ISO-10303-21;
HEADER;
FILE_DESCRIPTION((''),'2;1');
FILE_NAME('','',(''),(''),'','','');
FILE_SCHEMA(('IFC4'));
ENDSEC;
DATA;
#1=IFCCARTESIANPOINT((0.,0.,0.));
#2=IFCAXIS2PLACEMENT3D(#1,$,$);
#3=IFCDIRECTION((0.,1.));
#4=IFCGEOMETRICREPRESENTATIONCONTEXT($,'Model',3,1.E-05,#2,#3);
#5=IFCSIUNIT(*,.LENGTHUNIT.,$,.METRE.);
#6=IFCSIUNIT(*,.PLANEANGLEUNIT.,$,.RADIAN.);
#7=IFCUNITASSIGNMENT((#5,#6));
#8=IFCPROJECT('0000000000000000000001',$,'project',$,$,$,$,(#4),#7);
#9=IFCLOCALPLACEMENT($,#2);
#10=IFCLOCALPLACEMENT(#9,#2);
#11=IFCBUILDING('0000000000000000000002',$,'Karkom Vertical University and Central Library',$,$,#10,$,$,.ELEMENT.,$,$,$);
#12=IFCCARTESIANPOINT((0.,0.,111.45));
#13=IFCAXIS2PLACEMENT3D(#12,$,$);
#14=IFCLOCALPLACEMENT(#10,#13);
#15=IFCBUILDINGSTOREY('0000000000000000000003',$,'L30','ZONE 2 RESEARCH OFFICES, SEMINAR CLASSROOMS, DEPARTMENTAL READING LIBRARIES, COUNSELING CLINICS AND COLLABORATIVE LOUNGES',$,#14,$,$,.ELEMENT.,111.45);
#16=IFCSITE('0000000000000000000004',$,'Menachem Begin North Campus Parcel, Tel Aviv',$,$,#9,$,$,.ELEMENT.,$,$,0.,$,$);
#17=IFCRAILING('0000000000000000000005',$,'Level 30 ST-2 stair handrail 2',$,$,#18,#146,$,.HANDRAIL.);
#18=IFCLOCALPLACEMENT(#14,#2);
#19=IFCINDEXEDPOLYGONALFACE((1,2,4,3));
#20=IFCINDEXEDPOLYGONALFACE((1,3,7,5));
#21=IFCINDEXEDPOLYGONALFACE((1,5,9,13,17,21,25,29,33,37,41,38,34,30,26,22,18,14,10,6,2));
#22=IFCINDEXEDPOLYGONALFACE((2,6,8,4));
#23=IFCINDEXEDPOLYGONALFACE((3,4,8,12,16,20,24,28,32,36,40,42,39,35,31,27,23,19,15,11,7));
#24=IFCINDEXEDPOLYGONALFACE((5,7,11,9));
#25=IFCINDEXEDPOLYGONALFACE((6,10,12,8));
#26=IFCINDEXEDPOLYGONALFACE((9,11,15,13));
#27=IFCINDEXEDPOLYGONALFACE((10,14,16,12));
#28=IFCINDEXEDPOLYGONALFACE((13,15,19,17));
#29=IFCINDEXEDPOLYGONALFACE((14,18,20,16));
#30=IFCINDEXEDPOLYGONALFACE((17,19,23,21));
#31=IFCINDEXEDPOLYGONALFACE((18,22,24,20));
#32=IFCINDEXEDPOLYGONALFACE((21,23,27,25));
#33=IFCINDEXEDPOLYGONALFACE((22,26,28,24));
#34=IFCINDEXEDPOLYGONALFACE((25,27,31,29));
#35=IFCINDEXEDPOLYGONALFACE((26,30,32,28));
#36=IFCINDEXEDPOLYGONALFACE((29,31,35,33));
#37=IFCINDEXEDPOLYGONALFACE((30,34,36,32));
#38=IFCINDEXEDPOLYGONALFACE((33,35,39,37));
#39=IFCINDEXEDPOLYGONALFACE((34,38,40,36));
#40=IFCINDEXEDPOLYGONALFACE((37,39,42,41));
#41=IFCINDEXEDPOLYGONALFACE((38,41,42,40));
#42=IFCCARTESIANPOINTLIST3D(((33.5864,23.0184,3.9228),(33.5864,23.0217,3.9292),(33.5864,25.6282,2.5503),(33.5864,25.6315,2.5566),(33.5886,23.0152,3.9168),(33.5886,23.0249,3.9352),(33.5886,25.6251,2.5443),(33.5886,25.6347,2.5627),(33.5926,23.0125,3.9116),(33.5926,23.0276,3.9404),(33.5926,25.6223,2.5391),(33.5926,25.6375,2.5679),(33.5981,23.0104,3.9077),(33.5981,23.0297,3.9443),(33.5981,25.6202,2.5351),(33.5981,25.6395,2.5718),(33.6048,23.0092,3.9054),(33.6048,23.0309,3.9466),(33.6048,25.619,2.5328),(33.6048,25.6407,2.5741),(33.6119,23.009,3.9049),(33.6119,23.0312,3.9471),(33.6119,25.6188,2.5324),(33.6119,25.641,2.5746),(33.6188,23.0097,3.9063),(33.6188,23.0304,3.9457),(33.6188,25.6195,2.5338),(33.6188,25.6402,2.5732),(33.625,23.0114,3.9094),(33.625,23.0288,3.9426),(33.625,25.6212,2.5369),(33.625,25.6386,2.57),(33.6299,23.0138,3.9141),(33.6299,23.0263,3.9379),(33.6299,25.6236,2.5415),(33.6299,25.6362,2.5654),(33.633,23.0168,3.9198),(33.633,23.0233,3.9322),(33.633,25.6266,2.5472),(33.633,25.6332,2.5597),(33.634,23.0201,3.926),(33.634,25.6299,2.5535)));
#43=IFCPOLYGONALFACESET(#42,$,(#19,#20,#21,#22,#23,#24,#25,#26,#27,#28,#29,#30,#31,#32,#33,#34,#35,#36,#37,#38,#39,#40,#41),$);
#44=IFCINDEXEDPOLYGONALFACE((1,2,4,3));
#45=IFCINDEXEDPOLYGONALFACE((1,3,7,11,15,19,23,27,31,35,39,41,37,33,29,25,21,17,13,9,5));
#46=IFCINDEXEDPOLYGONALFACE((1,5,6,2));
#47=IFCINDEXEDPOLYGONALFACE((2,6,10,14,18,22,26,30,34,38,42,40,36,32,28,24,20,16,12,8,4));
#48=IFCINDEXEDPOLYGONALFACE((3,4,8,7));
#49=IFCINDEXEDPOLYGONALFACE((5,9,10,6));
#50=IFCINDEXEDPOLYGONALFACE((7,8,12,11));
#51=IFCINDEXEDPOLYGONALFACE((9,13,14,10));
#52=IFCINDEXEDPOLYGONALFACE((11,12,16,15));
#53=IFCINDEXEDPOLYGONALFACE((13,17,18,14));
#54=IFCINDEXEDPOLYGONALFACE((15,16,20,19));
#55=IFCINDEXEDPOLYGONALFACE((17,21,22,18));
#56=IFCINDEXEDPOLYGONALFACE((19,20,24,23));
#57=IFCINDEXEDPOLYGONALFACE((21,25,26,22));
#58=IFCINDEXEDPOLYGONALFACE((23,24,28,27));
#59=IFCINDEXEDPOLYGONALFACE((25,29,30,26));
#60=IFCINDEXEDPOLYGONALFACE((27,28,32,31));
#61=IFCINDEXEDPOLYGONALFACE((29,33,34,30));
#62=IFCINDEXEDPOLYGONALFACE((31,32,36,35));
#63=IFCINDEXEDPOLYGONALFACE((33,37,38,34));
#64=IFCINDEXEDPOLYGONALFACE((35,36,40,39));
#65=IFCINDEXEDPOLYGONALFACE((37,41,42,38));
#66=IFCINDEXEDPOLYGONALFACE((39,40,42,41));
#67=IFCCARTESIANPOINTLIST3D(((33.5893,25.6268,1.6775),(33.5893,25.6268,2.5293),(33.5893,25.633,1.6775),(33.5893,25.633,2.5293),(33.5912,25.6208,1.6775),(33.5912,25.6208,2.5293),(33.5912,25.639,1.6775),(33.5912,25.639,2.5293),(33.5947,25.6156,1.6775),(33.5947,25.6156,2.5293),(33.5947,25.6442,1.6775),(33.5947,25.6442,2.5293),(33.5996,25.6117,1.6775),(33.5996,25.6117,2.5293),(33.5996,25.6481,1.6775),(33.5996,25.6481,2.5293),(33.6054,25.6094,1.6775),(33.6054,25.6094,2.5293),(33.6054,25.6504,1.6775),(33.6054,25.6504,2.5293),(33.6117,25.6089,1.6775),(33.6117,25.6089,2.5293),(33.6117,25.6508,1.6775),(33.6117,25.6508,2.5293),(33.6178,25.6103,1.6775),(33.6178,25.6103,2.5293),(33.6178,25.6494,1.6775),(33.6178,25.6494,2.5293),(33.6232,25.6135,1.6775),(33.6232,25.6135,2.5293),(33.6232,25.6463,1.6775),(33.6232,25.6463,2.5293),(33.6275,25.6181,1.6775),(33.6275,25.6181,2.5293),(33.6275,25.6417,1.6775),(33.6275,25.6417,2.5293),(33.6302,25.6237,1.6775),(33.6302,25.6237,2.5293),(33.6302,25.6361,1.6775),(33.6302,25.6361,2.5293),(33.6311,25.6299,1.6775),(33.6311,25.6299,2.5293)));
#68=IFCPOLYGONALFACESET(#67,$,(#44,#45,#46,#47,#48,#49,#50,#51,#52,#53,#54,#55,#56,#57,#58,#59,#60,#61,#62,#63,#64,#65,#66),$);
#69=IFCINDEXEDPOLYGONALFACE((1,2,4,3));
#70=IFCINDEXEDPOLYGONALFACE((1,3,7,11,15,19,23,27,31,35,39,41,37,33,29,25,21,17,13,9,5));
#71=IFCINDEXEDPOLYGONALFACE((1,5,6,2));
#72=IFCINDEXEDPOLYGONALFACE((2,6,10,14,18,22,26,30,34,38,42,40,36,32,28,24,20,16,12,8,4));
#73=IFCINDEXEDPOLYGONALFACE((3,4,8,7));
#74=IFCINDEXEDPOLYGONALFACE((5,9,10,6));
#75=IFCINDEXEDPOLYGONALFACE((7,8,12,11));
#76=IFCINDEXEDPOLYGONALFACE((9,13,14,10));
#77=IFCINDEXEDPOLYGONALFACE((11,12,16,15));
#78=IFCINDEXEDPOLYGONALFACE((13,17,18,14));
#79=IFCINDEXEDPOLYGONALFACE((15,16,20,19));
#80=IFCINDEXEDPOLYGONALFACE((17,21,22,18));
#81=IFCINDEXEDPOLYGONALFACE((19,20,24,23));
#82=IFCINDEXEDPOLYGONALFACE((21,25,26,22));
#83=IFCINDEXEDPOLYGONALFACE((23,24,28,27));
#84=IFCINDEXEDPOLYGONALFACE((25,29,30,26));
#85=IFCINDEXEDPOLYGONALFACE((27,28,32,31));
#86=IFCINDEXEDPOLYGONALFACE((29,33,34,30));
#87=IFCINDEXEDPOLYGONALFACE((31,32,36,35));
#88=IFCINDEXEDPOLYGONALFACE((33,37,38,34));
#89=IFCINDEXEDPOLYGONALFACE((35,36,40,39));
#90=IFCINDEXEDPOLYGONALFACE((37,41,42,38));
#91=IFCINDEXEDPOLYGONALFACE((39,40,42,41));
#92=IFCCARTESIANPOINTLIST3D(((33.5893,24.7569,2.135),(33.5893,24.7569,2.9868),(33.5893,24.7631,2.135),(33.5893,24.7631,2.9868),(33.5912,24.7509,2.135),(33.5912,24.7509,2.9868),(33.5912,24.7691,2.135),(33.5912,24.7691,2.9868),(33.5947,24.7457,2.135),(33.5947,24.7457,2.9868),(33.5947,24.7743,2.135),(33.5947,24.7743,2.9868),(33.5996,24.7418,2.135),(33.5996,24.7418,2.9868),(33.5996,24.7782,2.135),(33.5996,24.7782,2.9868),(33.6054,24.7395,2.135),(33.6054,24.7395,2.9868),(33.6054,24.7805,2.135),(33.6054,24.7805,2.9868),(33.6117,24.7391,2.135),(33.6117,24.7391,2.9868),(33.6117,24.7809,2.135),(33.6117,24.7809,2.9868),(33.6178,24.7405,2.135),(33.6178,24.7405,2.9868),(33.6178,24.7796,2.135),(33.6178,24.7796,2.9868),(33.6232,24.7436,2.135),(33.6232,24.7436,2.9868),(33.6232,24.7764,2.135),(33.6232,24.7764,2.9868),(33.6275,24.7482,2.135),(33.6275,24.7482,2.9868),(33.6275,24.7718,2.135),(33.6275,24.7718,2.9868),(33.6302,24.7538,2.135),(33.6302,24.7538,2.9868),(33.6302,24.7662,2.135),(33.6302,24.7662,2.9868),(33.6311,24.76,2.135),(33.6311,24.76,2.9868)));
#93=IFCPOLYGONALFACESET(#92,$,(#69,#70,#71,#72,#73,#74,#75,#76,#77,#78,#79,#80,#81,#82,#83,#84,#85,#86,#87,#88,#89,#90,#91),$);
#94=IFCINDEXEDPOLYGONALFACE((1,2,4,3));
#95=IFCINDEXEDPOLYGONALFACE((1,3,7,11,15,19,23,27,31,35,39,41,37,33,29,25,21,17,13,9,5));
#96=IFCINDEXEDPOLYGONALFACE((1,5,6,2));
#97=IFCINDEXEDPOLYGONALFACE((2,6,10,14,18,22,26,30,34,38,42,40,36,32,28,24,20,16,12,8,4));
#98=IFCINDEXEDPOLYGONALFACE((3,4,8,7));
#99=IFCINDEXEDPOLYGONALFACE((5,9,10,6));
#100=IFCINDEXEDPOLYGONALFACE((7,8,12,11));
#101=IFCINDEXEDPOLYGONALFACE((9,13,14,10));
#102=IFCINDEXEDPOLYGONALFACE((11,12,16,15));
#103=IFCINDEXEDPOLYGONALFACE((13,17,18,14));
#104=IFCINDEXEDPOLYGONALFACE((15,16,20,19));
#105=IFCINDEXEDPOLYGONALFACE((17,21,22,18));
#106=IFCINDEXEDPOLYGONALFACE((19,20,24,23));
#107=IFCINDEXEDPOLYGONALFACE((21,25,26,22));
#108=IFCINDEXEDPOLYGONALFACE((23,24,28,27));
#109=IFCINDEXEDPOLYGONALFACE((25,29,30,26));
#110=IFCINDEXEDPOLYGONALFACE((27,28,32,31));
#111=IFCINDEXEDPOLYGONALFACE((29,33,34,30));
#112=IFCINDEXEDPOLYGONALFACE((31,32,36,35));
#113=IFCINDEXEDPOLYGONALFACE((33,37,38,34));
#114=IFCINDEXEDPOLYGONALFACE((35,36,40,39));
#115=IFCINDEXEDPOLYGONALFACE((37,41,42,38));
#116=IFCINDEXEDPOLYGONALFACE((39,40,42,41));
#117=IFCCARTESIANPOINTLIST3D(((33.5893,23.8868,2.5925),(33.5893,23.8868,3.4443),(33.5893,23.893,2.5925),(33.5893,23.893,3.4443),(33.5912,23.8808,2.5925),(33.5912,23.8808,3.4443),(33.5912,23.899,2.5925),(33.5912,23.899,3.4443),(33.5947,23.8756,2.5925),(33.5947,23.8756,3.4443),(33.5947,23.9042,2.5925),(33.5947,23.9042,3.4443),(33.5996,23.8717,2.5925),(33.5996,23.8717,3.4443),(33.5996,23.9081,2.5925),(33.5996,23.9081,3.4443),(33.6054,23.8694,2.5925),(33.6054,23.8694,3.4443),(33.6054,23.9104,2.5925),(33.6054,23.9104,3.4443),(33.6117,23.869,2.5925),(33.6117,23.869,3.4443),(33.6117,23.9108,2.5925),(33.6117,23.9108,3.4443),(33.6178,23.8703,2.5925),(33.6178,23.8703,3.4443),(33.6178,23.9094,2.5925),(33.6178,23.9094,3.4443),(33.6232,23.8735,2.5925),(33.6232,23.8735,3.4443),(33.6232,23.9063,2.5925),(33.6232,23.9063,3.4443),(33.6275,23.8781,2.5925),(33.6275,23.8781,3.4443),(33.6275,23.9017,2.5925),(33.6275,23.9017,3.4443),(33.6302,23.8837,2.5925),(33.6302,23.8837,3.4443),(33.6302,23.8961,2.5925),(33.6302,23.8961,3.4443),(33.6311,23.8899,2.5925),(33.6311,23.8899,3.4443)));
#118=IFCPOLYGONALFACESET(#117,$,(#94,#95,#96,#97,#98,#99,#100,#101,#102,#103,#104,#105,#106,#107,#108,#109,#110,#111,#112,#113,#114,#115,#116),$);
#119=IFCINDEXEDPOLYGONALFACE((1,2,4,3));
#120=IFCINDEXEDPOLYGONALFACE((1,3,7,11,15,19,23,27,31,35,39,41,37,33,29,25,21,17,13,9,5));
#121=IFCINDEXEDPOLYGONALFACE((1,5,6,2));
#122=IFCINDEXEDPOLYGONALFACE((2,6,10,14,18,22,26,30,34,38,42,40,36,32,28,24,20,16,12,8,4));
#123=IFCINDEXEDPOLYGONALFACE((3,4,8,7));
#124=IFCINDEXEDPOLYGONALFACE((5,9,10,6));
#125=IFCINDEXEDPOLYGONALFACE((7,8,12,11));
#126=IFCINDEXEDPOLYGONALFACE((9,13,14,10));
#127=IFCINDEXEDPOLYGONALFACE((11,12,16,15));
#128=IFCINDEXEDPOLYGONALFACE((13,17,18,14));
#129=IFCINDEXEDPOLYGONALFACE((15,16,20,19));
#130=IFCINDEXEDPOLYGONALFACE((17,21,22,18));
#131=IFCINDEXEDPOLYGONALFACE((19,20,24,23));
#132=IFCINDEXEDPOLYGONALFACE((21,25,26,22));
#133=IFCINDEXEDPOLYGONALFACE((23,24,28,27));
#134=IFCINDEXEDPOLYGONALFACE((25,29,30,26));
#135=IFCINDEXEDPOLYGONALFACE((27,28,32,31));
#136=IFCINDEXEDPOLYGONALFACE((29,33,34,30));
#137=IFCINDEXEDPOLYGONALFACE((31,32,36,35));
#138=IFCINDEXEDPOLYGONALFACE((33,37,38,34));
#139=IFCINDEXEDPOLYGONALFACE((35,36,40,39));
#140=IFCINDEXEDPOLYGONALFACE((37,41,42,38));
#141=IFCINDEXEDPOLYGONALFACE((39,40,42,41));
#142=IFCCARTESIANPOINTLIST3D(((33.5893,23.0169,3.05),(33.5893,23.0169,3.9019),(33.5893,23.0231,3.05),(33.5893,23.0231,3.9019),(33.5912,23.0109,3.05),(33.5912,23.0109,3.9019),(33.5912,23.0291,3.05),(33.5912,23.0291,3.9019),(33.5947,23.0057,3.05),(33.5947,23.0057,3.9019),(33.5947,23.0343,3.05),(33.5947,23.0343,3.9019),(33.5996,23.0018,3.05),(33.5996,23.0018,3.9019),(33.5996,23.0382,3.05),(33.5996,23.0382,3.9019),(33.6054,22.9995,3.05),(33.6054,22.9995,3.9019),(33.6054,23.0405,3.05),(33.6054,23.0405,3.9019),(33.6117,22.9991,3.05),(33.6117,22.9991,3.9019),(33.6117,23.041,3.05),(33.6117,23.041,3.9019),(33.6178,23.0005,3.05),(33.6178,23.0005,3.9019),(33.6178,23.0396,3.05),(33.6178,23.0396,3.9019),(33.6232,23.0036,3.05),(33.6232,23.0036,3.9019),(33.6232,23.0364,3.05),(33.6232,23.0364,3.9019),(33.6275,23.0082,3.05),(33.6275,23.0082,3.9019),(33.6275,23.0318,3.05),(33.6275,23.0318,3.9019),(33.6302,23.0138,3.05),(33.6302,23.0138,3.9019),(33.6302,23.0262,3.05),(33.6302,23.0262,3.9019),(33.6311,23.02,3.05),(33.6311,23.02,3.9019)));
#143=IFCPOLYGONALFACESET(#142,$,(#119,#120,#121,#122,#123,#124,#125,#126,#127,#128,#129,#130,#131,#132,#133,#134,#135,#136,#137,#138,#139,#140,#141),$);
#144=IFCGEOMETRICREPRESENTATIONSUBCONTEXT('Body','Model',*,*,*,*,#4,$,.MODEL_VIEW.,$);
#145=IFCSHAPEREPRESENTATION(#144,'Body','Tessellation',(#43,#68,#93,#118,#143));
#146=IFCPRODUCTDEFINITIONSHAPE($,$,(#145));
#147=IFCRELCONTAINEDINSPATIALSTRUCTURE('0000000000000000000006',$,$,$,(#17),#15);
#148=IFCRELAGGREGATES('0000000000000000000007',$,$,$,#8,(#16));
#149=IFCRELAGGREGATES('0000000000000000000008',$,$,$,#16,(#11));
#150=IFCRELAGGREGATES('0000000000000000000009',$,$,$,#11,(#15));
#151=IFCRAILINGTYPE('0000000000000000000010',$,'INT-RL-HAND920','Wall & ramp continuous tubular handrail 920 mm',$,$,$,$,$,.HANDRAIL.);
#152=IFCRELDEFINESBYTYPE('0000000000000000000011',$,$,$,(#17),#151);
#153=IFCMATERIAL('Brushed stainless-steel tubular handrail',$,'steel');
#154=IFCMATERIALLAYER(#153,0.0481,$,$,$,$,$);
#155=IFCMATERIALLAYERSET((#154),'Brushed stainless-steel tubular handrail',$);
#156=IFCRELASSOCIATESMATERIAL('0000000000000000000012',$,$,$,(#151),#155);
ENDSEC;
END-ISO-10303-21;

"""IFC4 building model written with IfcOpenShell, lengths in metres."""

from ifc_helpers import new_model, si_unit, direction, frame, origin, origin_2d, place, context, subcontext, project, spatial, circle, extrude, material, layer, layer_set, type_object, element, save


model = new_model("IFC4")

# Units and contexts
model_context = context("Model", 3, precision=1e-05, world=origin(), true_north=direction((0.0, 1.0)))
body_context = subcontext(model_context, "Body", "Model", "MODEL_VIEW")
ifc_project = project(units=[si_unit("LENGTHUNIT", "METRE"), si_unit("PLANEANGLEUNIT", "RADIAN")], contexts=[model_context])

# Site, building, storey
site_placement = place(None, origin())
site = spatial("IfcSite", under=ifc_project, at=site_placement, Name="Menachem Begin North Campus Parcel, Tel Aviv", CompositionType="ELEMENT", RefElevation=0.0)
building_placement = place(site_placement, origin())
building = spatial("IfcBuilding", under=site, at=building_placement, Name="Karkom Vertical University and Central Library", CompositionType="ELEMENT")
storey_placement = place(building_placement, frame((0.0, 0.0, 111.45)))
storey = spatial("IfcBuildingStorey", under=building, at=storey_placement, Name="L30", Description="ZONE 2 RESEARCH OFFICES, SEMINAR CLASSROOMS, DEPARTMENTAL READING LIBRARIES, COUNSELING CLINICS AND COLLABORATIVE LOUNGES", CompositionType="ELEMENT", Elevation=111.45)

# Railing
ifc_material_1 = material(Name="Brushed stainless-steel tubular handrail", Category="steel")
ifc_layer_1 = layer(ifc_material_1, 0.0481)
ifc_layer_set_1 = layer_set([ifc_layer_1], Name="Brushed stainless-steel tubular handrail")
railing_type_1 = type_object("IfcRailingType", Name="INT-RL-HAND920", Description="Wall & ramp continuous tubular handrail 920 mm", PredefinedType="HANDRAIL", material=ifc_layer_set_1)
railing_1_placement = place(storey_placement, frame((33.6101, 25.6299, 1.6775)))
element("IfcRailing", 1, at=railing_1_placement, inside=storey, type_object=railing_type_1, Name="Level 30 ST-2 stair handrail 2", PredefinedType="HANDRAIL", context=body_context, shape_type="SweptSolid", body=[
    extrude(circle(Radius=0.0239, at=origin_2d()), frame((0.0, 0.0, 0.876), z_axis=(0.0, -0.885065, 0.465467), x_axis=(1.0, 0.0, 0.0)), (0.0, 0.0, 1.0), 2.9487),
    extrude(circle(Radius=0.021, at=origin_2d()), origin(), (0.0, 0.0, 1.0), 0.8518),
    extrude(circle(Radius=0.021, at=origin_2d()), frame((0.0, -0.8699, 0.4575)), (0.0, 0.0, 1.0), 0.8518),
    extrude(circle(Radius=0.021, at=origin_2d()), frame((0.0, -1.74, 0.915)), (0.0, 0.0, 1.0), 0.8518),
    extrude(circle(Radius=0.021, at=origin_2d()), frame((0.0, -2.6099, 1.3726)), (0.0, 0.0, 1.0), 0.8518),
])

save(model, "model.ifc")
